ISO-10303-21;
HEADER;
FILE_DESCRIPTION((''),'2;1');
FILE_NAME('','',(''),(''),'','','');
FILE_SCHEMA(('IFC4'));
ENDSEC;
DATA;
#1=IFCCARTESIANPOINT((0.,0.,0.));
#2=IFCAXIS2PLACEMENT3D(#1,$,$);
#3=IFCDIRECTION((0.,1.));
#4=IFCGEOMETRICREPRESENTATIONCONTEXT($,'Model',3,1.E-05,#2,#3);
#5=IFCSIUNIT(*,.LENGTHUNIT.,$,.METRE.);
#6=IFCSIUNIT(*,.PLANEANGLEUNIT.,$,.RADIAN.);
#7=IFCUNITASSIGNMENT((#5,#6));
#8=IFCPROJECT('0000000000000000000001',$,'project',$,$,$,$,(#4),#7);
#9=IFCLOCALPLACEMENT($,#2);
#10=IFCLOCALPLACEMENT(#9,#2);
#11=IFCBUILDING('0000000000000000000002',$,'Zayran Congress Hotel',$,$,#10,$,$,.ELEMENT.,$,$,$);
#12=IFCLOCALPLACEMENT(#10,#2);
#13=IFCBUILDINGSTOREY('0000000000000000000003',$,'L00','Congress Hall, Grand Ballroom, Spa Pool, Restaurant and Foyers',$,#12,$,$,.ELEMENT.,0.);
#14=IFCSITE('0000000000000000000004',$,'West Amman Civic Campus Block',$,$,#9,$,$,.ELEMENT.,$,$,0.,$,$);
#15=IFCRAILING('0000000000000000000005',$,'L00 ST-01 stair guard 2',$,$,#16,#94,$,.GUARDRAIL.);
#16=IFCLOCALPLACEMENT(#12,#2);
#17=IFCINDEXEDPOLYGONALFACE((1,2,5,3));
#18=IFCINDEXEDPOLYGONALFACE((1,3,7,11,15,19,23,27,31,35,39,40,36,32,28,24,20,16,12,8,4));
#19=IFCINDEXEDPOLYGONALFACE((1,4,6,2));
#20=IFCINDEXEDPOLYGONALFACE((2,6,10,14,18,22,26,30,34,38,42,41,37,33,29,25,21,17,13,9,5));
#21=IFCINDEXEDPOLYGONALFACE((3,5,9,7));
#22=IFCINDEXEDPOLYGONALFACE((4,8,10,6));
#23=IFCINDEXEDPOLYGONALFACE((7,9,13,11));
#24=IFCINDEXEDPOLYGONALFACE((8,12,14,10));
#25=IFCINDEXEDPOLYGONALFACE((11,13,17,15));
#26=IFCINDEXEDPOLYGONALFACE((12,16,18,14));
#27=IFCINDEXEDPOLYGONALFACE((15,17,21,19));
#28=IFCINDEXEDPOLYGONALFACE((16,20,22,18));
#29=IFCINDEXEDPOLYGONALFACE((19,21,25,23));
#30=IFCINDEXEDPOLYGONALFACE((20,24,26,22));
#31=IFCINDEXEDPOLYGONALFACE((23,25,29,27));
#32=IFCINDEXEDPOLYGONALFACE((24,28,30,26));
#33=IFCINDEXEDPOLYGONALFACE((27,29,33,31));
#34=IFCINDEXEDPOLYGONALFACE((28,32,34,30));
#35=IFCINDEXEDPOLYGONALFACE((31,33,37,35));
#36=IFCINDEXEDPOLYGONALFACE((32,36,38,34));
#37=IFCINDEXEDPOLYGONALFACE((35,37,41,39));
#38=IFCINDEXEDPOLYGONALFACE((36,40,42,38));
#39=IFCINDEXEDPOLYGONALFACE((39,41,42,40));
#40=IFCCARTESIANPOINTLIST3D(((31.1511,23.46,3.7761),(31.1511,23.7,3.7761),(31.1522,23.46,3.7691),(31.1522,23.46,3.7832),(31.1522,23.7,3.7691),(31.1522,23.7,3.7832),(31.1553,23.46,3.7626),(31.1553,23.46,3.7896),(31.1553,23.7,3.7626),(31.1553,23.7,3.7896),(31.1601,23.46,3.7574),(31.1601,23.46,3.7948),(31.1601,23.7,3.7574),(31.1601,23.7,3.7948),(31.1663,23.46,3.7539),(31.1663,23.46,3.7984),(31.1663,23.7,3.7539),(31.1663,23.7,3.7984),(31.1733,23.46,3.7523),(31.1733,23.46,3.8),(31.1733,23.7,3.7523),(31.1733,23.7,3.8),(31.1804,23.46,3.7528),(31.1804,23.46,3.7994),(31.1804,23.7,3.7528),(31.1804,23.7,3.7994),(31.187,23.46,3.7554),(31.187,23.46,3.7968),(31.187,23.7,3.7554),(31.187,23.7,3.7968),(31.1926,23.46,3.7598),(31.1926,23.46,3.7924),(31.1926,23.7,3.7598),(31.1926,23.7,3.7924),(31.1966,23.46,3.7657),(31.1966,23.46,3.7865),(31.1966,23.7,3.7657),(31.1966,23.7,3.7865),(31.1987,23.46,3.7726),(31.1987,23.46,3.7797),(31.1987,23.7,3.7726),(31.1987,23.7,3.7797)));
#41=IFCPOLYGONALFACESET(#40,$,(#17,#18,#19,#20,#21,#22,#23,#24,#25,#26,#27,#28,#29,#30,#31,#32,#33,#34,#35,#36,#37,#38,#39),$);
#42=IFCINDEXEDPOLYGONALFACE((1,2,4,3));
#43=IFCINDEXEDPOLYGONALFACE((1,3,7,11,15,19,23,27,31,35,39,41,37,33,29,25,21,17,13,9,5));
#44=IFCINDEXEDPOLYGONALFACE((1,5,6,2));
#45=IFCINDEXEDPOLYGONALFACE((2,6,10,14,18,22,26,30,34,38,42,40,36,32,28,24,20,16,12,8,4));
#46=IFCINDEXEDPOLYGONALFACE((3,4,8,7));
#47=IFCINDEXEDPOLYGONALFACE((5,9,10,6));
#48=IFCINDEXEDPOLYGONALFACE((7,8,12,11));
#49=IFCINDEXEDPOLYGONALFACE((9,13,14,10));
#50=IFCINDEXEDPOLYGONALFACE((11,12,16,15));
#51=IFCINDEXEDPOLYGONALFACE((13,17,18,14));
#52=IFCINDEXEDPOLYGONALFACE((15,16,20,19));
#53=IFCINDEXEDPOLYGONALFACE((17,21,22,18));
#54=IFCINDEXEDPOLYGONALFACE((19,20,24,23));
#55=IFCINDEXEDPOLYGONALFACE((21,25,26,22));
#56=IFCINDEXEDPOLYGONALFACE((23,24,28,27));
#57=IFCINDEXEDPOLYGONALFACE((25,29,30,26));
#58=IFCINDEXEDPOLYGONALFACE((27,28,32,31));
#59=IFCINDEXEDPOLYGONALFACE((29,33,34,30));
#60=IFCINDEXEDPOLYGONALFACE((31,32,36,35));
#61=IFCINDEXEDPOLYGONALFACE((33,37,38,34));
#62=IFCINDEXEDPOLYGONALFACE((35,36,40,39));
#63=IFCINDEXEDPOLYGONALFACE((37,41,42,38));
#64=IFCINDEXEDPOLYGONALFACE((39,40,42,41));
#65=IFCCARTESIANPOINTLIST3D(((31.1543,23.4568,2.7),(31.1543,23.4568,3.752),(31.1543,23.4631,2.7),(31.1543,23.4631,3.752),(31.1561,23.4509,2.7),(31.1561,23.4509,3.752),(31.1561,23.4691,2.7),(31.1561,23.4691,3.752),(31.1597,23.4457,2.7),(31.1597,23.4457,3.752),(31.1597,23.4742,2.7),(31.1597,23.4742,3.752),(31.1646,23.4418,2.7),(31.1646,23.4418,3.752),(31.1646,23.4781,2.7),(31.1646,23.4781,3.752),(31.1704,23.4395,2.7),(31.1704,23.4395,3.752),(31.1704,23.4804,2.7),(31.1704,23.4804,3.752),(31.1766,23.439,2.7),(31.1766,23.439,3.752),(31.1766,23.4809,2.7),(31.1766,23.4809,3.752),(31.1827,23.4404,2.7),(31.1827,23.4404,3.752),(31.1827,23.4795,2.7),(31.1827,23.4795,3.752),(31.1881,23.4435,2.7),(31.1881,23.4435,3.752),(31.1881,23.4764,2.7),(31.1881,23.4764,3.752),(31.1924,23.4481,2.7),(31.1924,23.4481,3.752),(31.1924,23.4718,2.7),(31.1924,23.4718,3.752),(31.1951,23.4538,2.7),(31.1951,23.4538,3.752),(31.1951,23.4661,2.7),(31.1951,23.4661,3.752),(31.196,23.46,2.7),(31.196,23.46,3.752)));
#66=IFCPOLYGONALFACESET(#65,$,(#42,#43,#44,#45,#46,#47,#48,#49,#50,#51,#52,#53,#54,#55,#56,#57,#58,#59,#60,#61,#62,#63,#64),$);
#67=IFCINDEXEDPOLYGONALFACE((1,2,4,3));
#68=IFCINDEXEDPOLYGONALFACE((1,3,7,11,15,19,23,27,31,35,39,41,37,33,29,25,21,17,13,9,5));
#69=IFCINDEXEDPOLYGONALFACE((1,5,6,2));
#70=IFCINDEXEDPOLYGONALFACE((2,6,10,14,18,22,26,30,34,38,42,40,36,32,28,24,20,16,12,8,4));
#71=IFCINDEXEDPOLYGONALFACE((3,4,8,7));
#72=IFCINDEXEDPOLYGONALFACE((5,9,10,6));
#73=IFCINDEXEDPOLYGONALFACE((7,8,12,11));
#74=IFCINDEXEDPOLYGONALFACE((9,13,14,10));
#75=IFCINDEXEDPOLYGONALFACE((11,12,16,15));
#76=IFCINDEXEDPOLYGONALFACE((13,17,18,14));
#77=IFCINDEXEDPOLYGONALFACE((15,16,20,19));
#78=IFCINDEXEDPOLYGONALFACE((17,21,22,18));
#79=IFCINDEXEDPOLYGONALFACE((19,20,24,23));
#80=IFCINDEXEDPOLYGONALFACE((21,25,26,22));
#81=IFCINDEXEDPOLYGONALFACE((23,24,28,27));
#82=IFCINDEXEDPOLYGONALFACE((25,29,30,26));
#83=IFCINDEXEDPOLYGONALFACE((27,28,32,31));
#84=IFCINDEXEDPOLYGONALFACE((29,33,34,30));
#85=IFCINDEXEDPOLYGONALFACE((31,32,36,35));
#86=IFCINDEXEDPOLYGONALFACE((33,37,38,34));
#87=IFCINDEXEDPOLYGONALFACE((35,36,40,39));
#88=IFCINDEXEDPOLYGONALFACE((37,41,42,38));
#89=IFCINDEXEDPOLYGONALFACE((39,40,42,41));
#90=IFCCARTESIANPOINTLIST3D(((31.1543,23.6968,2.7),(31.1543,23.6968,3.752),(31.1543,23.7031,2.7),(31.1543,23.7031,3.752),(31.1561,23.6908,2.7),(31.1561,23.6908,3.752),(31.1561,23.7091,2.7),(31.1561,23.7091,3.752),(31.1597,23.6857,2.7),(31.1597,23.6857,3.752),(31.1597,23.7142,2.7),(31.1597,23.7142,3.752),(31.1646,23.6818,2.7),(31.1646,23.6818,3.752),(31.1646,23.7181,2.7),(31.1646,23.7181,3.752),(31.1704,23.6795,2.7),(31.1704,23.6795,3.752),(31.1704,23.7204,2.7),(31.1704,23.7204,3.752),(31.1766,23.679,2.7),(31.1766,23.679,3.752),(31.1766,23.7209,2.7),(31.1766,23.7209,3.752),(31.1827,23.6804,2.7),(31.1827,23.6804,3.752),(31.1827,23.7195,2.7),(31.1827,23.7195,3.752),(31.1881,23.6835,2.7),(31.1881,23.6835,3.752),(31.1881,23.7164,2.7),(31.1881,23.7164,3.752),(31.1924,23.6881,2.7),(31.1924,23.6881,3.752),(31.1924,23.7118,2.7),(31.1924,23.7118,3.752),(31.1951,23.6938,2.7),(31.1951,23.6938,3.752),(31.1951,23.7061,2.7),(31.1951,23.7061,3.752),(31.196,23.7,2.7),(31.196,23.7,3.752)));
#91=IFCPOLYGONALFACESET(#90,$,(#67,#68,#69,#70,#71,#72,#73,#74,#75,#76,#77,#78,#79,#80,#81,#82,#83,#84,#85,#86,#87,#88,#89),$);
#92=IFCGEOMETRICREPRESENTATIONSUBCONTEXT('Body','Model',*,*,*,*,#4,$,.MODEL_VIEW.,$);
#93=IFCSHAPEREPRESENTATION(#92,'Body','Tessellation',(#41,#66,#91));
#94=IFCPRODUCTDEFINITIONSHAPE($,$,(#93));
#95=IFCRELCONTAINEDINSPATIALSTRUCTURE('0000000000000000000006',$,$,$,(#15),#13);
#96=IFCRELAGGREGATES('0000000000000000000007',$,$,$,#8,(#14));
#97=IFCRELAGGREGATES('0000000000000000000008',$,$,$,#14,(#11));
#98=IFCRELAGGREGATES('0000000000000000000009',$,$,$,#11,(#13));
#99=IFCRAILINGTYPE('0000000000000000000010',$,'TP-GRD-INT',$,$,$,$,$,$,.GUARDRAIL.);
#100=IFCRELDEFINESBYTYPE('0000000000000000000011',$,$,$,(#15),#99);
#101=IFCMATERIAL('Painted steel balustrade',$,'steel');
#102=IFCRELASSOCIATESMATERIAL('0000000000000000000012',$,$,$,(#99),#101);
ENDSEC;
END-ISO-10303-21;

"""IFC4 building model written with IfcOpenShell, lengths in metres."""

from ifc_helpers import new_model, si_unit, direction, frame, origin, origin_2d, place, context, subcontext, project, spatial, circle, extrude, material, type_object, element, save


model = new_model("IFC4")

# Units and contexts
model_context = context("Model", 3, precision=1e-05, world=origin(), true_north=direction((0.0, 1.0)))
body_context = subcontext(model_context, "Body", "Model", "MODEL_VIEW")
ifc_project = project(units=[si_unit("LENGTHUNIT", "METRE"), si_unit("PLANEANGLEUNIT", "RADIAN")], contexts=[model_context])

# Site, building, storey
site_placement = place(None, origin())
site = spatial("IfcSite", under=ifc_project, at=site_placement, Name="West Amman Civic Campus Block", CompositionType="ELEMENT", RefElevation=0.0)
building_placement = place(site_placement, origin())
building = spatial("IfcBuilding", under=site, at=building_placement, Name="Zayran Congress Hotel", CompositionType="ELEMENT")
storey_placement = place(building_placement, origin())
storey = spatial("IfcBuildingStorey", under=building, at=storey_placement, Name="L00", Description="Congress Hall, Grand Ballroom, Spa Pool, Restaurant and Foyers", CompositionType="ELEMENT", Elevation=0.0)

# Railing
ifc_material_1 = material(Name="Painted steel balustrade", Category="steel")
railing_type_1 = type_object("IfcRailingType", Name="TP-GRD-INT", PredefinedType="GUARDRAIL", material=ifc_material_1)
railing_1_placement = place(storey_placement, frame((31.175, 23.46, 2.7)))
element("IfcRailing", 1, at=railing_1_placement, inside=storey, type_object=railing_type_1, Name="L00 ST-01 stair guard 2", PredefinedType="GUARDRAIL", context=body_context, shape_type="SweptSolid", body=[
    extrude(circle(Radius=0.0239, at=origin_2d()), frame((0.0, 0.0, 1.0762), z_axis=(0.0, 1.0, 0.0), x_axis=(-1.0, 0.0, 0.0)), (0.0, 0.0, 1.0), 0.24),
    extrude(circle(Radius=0.021, at=origin_2d()), origin(), (0.0, 0.0, 1.0), 1.052),
    extrude(circle(Radius=0.021, at=origin_2d()), frame((0.0, 0.24, 0.0)), (0.0, 0.0, 1.0), 1.052),
])

save(model, "model.ifc")
